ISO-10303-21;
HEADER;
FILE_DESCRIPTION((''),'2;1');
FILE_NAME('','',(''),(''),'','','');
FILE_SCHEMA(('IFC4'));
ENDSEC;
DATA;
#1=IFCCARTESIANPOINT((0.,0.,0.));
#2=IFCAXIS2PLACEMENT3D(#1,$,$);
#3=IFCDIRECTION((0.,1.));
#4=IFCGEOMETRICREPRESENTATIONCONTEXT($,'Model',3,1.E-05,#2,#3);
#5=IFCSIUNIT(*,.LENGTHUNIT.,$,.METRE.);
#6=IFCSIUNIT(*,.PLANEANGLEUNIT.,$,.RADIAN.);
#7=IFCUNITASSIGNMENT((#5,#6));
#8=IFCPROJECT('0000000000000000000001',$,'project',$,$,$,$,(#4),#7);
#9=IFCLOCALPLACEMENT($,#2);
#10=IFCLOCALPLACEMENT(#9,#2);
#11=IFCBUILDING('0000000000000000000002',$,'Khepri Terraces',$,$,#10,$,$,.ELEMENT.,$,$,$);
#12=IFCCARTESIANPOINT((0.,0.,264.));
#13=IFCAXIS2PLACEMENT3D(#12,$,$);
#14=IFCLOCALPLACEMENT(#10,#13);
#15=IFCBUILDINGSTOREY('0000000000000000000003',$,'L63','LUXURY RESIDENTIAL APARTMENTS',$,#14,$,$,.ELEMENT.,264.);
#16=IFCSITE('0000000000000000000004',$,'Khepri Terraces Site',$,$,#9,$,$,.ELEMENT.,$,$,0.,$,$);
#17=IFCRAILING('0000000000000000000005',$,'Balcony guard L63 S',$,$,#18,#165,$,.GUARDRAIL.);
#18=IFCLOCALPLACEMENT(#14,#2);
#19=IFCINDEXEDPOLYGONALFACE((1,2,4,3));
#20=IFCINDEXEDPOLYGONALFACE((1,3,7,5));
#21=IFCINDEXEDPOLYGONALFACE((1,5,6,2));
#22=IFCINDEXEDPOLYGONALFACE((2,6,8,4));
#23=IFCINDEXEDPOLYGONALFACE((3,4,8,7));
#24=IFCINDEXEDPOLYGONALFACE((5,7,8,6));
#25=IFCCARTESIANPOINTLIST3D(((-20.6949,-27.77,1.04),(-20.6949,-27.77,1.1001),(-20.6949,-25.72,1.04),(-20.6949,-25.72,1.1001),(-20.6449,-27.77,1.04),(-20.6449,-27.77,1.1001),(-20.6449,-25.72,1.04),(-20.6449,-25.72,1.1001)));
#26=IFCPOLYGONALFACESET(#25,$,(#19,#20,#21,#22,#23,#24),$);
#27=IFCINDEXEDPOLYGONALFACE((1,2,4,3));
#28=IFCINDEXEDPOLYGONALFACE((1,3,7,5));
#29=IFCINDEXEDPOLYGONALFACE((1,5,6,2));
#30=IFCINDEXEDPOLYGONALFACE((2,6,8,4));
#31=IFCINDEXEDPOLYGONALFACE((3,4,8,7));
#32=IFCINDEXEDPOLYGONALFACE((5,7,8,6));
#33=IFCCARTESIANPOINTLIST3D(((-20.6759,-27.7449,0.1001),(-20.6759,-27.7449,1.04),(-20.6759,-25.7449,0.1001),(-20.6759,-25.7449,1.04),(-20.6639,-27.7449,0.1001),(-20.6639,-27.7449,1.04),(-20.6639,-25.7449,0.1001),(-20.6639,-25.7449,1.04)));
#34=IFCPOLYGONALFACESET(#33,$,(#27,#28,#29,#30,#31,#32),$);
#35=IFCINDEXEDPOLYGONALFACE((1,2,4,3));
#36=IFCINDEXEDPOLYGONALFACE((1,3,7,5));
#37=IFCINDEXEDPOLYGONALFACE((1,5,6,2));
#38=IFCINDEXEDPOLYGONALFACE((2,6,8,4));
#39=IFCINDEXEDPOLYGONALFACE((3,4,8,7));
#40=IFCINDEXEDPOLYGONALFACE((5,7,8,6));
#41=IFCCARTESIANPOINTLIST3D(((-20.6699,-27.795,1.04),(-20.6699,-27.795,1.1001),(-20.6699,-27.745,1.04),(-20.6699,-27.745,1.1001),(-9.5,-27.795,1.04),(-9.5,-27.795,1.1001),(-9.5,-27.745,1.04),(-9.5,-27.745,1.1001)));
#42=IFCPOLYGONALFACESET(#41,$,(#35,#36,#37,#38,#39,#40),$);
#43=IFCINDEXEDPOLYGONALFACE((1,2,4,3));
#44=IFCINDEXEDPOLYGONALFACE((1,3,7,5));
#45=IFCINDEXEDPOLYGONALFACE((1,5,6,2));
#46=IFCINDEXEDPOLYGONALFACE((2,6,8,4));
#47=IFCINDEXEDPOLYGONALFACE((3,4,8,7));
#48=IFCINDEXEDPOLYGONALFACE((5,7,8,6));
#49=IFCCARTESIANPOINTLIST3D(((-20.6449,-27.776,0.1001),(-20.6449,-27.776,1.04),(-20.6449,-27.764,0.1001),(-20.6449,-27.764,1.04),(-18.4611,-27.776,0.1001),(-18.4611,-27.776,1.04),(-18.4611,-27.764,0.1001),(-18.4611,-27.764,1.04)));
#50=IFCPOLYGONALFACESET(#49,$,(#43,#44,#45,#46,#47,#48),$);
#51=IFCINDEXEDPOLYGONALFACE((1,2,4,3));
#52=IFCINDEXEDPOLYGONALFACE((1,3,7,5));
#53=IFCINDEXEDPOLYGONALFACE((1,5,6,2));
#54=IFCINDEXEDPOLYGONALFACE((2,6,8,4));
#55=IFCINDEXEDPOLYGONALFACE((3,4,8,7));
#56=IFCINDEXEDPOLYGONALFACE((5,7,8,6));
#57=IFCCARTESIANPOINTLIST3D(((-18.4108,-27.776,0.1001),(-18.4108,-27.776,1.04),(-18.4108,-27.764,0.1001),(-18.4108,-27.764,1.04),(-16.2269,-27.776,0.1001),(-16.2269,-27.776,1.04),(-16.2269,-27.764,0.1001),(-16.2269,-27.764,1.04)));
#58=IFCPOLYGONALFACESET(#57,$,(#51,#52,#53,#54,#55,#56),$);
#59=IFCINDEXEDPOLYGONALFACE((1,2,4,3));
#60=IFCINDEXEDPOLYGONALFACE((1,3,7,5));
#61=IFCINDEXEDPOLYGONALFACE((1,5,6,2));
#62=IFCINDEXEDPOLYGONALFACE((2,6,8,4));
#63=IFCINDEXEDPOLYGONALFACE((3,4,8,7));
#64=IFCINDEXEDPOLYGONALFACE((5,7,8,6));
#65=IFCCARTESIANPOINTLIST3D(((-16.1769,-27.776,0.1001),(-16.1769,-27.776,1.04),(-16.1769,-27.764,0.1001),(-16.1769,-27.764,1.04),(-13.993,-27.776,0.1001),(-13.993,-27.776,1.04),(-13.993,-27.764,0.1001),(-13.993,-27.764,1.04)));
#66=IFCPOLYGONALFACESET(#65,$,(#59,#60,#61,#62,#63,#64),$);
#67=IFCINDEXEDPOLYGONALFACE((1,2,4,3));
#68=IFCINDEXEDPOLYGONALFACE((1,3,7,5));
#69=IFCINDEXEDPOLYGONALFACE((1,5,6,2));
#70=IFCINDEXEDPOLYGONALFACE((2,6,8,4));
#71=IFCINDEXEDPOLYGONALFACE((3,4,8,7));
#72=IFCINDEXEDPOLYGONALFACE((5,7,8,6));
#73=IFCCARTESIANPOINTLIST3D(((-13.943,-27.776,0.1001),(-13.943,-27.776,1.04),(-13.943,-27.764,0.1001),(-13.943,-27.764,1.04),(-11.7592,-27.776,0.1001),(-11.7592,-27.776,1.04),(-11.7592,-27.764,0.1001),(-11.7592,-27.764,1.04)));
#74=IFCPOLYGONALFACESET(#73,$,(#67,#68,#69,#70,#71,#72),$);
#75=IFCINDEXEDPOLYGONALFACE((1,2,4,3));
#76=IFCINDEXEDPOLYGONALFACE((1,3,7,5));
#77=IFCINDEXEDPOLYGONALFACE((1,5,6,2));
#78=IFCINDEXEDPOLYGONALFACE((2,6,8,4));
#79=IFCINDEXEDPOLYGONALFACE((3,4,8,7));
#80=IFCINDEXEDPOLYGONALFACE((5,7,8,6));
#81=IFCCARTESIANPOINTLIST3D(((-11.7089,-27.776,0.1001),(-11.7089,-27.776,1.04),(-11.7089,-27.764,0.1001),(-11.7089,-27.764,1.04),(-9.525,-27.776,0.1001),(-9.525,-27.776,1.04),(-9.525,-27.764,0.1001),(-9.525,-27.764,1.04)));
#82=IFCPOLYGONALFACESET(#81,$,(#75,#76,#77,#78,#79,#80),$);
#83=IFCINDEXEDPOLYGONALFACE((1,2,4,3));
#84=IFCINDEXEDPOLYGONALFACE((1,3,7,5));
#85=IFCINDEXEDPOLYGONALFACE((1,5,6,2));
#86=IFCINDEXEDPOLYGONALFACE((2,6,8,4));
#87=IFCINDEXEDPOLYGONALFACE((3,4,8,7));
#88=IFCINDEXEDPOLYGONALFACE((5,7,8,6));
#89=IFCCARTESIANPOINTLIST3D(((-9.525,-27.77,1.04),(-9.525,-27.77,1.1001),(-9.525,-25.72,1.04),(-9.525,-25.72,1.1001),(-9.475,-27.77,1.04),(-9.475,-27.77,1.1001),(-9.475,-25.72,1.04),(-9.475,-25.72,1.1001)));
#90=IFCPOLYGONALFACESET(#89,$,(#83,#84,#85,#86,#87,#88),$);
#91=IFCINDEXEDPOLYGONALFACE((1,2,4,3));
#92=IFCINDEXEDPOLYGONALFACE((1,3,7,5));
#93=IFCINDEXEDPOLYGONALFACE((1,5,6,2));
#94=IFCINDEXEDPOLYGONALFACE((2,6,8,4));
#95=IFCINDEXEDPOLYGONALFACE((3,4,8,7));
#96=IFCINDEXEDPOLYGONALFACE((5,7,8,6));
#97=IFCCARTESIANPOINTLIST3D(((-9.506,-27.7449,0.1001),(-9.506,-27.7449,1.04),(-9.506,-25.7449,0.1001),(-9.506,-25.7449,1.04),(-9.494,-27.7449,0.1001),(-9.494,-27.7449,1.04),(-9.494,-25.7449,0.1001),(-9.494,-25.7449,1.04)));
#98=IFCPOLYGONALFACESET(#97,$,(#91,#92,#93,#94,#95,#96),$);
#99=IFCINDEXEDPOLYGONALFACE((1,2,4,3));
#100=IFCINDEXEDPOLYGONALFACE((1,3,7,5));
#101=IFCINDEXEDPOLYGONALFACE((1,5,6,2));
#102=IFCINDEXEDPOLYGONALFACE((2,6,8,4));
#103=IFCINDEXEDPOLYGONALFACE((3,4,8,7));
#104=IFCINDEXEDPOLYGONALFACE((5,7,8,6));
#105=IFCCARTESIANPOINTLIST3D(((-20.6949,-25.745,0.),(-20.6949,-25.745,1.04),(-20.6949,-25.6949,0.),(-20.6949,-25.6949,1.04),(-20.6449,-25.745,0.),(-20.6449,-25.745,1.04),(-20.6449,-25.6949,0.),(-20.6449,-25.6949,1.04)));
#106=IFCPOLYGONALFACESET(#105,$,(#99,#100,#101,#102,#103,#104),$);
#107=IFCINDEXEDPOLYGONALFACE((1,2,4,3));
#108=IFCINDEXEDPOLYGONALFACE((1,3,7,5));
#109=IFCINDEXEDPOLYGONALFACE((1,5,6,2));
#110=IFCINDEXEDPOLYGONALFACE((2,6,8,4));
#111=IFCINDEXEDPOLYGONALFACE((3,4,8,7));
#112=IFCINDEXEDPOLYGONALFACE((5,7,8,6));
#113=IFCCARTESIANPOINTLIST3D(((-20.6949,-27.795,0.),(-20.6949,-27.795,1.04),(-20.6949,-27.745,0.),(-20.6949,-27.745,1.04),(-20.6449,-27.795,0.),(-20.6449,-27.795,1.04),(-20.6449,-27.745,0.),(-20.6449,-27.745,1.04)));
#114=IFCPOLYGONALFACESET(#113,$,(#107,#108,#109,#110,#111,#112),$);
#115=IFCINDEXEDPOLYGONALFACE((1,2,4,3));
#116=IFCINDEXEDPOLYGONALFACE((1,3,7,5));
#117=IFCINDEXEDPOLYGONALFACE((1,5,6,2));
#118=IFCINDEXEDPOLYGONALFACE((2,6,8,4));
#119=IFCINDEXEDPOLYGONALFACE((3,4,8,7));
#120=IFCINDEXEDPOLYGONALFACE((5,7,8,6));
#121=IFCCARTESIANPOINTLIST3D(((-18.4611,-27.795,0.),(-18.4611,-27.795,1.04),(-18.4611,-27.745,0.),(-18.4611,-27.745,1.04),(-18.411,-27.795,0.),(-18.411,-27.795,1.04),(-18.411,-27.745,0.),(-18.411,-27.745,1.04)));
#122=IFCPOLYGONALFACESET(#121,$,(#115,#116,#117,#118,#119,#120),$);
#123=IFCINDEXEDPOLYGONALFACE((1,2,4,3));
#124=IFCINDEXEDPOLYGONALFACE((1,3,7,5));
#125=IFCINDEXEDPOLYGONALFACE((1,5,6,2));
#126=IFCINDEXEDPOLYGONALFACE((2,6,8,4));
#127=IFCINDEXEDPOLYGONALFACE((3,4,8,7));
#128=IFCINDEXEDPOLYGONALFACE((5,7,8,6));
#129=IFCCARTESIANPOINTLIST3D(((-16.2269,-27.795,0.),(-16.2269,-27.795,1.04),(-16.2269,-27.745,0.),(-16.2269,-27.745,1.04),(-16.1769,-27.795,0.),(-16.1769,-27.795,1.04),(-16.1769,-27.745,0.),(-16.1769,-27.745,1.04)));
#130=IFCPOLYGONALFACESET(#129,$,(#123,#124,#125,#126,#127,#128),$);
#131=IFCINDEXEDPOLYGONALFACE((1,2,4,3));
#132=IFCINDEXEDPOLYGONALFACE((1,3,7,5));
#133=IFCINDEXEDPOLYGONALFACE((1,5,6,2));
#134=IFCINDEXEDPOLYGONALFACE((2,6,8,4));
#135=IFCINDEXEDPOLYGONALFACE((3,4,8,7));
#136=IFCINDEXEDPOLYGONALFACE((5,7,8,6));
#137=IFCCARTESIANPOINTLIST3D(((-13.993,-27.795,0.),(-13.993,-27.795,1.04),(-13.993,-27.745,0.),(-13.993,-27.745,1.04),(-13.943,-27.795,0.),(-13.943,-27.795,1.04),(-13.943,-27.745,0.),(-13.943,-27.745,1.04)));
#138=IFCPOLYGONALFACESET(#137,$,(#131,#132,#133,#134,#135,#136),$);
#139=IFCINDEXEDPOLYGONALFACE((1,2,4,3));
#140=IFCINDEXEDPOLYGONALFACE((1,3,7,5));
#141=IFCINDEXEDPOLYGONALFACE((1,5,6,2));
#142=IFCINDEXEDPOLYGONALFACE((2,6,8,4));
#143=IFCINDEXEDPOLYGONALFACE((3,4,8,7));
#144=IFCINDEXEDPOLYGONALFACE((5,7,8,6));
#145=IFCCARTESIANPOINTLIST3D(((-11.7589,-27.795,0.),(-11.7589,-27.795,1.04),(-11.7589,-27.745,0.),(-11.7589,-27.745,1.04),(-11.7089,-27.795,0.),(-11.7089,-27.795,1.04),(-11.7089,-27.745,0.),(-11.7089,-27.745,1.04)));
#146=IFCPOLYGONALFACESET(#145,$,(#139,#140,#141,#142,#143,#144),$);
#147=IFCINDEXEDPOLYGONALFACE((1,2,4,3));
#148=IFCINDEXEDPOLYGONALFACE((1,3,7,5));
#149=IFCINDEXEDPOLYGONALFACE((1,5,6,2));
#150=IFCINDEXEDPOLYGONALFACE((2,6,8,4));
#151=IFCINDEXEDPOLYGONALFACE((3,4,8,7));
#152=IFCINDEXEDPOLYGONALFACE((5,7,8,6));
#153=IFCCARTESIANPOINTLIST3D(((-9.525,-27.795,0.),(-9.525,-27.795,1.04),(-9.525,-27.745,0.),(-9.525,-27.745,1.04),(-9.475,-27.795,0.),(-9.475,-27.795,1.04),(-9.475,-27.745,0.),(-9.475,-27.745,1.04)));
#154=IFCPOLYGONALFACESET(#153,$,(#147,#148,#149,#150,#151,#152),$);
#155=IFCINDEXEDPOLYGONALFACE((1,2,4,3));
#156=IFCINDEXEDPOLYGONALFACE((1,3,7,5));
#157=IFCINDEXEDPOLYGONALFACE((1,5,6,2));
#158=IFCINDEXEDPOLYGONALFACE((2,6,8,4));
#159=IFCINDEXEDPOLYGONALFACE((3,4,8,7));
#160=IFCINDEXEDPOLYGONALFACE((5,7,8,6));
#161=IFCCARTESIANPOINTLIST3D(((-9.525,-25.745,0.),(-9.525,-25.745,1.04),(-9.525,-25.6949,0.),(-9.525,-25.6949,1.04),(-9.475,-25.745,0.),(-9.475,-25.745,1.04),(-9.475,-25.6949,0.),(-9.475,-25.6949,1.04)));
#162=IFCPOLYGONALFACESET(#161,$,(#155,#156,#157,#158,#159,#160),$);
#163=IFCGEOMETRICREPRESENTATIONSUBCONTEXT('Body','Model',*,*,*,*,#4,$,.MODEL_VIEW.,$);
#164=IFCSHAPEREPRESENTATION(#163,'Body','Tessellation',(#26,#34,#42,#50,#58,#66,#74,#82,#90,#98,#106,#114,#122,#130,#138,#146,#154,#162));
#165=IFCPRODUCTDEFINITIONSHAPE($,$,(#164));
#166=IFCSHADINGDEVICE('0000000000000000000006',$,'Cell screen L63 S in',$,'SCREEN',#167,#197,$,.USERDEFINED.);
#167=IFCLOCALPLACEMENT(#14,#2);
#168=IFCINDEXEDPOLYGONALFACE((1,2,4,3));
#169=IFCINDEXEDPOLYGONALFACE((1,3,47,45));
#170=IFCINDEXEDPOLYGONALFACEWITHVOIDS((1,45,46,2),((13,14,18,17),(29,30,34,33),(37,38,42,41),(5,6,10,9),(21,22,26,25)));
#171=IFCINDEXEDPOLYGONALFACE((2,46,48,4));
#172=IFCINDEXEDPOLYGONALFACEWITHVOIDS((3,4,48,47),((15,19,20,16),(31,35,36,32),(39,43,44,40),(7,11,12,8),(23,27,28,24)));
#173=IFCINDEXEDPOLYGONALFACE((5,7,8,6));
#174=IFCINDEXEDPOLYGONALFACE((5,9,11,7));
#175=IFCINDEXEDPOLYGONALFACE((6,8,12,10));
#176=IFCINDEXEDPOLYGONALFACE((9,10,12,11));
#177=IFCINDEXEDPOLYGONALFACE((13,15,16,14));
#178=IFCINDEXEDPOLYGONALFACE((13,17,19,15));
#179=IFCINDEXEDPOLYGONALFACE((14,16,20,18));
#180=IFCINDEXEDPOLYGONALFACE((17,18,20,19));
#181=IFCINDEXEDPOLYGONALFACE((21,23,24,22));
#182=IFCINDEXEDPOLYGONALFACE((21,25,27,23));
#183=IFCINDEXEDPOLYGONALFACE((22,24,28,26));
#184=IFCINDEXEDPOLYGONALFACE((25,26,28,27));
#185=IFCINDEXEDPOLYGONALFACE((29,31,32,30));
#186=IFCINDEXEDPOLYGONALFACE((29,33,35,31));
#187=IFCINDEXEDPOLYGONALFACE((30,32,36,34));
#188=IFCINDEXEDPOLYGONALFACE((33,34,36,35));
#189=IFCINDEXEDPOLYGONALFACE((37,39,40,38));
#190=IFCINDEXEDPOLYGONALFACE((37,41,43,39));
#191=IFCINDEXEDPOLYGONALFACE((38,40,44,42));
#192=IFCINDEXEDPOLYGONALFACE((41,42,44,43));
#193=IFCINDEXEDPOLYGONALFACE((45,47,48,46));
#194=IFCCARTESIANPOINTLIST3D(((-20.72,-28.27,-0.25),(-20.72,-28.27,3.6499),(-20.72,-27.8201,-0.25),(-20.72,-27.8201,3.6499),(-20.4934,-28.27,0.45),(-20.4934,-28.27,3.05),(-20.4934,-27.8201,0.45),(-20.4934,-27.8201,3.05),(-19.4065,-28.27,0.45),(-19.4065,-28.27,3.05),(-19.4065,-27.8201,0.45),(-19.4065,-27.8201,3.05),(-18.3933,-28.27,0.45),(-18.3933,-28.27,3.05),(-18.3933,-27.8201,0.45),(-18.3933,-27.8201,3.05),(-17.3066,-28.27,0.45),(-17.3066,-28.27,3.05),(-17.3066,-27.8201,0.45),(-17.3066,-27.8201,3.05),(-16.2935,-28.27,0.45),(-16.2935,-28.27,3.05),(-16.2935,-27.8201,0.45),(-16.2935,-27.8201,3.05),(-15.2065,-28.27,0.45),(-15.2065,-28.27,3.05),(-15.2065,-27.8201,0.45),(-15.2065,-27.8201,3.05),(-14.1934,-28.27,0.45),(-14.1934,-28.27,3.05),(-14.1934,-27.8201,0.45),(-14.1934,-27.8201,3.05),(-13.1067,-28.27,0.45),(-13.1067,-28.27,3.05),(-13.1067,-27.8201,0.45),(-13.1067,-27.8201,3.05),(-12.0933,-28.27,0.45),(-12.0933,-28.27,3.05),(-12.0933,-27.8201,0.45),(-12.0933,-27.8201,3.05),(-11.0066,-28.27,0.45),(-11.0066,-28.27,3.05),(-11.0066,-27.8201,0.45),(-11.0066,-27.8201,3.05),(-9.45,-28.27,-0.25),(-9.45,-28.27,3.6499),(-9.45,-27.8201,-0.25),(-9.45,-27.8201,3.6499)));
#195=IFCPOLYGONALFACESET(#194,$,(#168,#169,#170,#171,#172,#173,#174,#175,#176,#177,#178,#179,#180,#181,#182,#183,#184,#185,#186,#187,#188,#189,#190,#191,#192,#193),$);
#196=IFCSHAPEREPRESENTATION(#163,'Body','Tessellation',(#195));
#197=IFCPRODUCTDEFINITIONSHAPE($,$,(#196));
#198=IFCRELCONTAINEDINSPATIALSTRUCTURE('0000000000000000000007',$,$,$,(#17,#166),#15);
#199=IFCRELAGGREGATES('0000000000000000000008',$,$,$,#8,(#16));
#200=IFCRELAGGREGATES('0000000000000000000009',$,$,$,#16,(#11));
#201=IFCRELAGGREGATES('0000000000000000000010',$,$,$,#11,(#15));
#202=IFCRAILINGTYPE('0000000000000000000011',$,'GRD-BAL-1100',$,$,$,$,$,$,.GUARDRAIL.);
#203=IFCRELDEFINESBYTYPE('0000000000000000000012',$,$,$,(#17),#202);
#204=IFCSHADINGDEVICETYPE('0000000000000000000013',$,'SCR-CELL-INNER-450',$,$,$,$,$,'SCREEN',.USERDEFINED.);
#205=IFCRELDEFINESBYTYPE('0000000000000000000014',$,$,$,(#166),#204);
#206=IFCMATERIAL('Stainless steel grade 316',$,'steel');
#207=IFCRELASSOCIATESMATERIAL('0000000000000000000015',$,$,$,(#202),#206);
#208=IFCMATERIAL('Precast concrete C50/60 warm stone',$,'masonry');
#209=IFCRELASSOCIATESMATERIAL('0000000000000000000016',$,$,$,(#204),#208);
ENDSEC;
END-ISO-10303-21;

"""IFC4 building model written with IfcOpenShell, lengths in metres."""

from ifc_helpers import new_model, si_unit, direction, frame, origin, origin_2d, place, context, subcontext, project, spatial, polyline, rectangle, outline, extrude, material, type_object, element, save


model = new_model("IFC4")

# Units and contexts
model_context = context("Model", 3, precision=1e-05, world=origin(), true_north=direction((0.0, 1.0)))
body_context = subcontext(model_context, "Body", "Model", "MODEL_VIEW")
ifc_project = project(units=[si_unit("LENGTHUNIT", "METRE"), si_unit("PLANEANGLEUNIT", "RADIAN")], contexts=[model_context])

# Site, building, storey
site_placement = place(None, origin())
site = spatial("IfcSite", under=ifc_project, at=site_placement, Name="Khepri Terraces Site", CompositionType="ELEMENT", RefElevation=0.0)
building_placement = place(site_placement, origin())
building = spatial("IfcBuilding", under=site, at=building_placement, Name="Khepri Terraces", CompositionType="ELEMENT")
storey_placement = place(building_placement, frame((0.0, 0.0, 264.0)))
storey = spatial("IfcBuildingStorey", under=building, at=storey_placement, Name="L63", Description="LUXURY RESIDENTIAL APARTMENTS", CompositionType="ELEMENT", Elevation=264.0)

# Shared definitions
ifc_material_1 = material(Name="Precast concrete C50/60 warm stone", Category="masonry")

# Railing
ifc_material_2 = material(Name="Stainless steel grade 316", Category="steel")
railing_type = type_object("IfcRailingType", Name="GRD-BAL-1100", PredefinedType="GUARDRAIL", material=ifc_material_2)
railing_placement = place(storey_placement, frame((-20.6699, -25.72, 0.0)))
element("IfcRailing", 1, at=railing_placement, inside=storey, type_object=railing_type, Name="Balcony guard L63 S", PredefinedType="GUARDRAIL", context=body_context, shape_type="SweptSolid", body=[
    extrude(rectangle(XDim=0.05, YDim=0.0601, at=origin_2d()), frame((0.0, 0.0, 1.0701), z_axis=(0.0, -1.0, 0.0), x_axis=(1.0, 0.0, 0.0)), (0.0, 0.0, 1.0), 2.05),
    extrude(rectangle(XDim=2.0, YDim=0.012, at=origin_2d()), frame((0.0, -1.0249, 0.1001), z_axis=(0.0, 0.0, 1.0), x_axis=(0.0, -1.0, 0.0)), (0.0, 0.0, 1.0), 0.9399),
    extrude(rectangle(XDim=0.05, YDim=0.0601, at=origin_2d()), frame((0.0, -2.05, 1.0701), z_axis=(1.0, 0.0, 0.0), x_axis=(0.0, 1.0, 0.0)), (0.0, 0.0, 1.0), 11.1699),
    extrude(rectangle(XDim=2.1838, YDim=0.012, at=origin_2d()), frame((1.1169, -2.05, 0.1001), z_axis=(0.0, 0.0, 1.0), x_axis=(1.0, 0.0, 0.0)), (0.0, 0.0, 1.0), 0.9399),
    extrude(rectangle(XDim=2.1838, YDim=0.012, at=origin_2d()), frame((3.3511, -2.05, 0.1001), z_axis=(0.0, 0.0, 1.0), x_axis=(1.0, 0.0, 0.0)), (0.0, 0.0, 1.0), 0.9399),
    extrude(rectangle(XDim=2.1838, YDim=0.012, at=origin_2d()), frame((5.585, -2.05, 0.1001), z_axis=(0.0, 0.0, 1.0), x_axis=(1.0, 0.0, 0.0)), (0.0, 0.0, 1.0), 0.9399),
    extrude(rectangle(XDim=2.1838, YDim=0.012, at=origin_2d()), frame((7.8188, -2.05, 0.1001), z_axis=(0.0, 0.0, 1.0), x_axis=(1.0, 0.0, 0.0)), (0.0, 0.0, 1.0), 0.9399),
    extrude(rectangle(XDim=2.1838, YDim=0.012, at=origin_2d()), frame((10.053, -2.05, 0.1001), z_axis=(0.0, 0.0, 1.0), x_axis=(1.0, 0.0, 0.0)), (0.0, 0.0, 1.0), 0.9399),
    extrude(rectangle(XDim=0.05, YDim=0.0601, at=origin_2d()), frame((11.1699, -2.05, 1.0701), z_axis=(0.0, 1.0, 0.0), x_axis=(-1.0, 0.0, 0.0)), (0.0, 0.0, 1.0), 2.05),
    extrude(rectangle(XDim=2.0, YDim=0.012, at=origin_2d()), frame((11.1699, -1.0249, 0.1001), z_axis=(0.0, 0.0, 1.0), x_axis=(0.0, 1.0, 0.0)), (0.0, 0.0, 1.0), 0.9399),
    extrude(rectangle(XDim=0.05, YDim=0.05, at=origin_2d()), origin(), (0.0, 0.0, 1.0), 1.04),
    extrude(rectangle(XDim=0.05, YDim=0.05, at=origin_2d()), frame((0.0, -2.05, 0.0)), (0.0, 0.0, 1.0), 1.04),
    extrude(rectangle(XDim=0.05, YDim=0.05, at=origin_2d()), frame((2.2339, -2.05, 0.0)), (0.0, 0.0, 1.0), 1.04),
    extrude(rectangle(XDim=0.05, YDim=0.05, at=origin_2d()), frame((4.468, -2.05, 0.0)), (0.0, 0.0, 1.0), 1.04),
    extrude(rectangle(XDim=0.05, YDim=0.05, at=origin_2d()), frame((6.7019, -2.05, 0.0)), (0.0, 0.0, 1.0), 1.04),
    extrude(rectangle(XDim=0.05, YDim=0.05, at=origin_2d()), frame((8.936, -2.05, 0.0)), (0.0, 0.0, 1.0), 1.04),
    extrude(rectangle(XDim=0.05, YDim=0.05, at=origin_2d()), frame((11.1699, -2.05, 0.0)), (0.0, 0.0, 1.0), 1.04),
    extrude(rectangle(XDim=0.05, YDim=0.05, at=origin_2d()), frame((11.1699, 0.0, 0.0)), (0.0, 0.0, 1.0), 1.04),
])

# Shading device
shading_device_type_1 = type_object("IfcShadingDeviceType", Name="SCR-CELL-INNER-450", ElementType="SCREEN", PredefinedType="USERDEFINED", material=ifc_material_1)
shading_device_1_placement = place(storey_placement, frame((-20.72, -27.8201, -0.25), z_axis=(0.0, -1.0, 0.0), x_axis=(1.0, 0.0, 0.0)))
element("IfcShadingDevice", 2, at=shading_device_1_placement, inside=storey, type_object=shading_device_type_1, Name="Cell screen L63 S in", ObjectType="SCREEN", PredefinedType="USERDEFINED", context=body_context, shape_type="SweptSolid", body=[
    extrude(outline(polyline([(0.0, 0.0), (11.27, 0.0), (11.27, 3.8999), (0.0, 3.8999), (0.0, 0.0)]), holes=[polyline([(0.2266, 0.7), (1.3135, 0.7), (1.3135, 3.3), (0.2266, 3.3), (0.2266, 0.7)]), polyline([(2.3267, 0.7), (3.4133, 0.7), (3.4133, 3.3), (2.3267, 3.3), (2.3267, 0.7)]), polyline([(4.4265, 0.7), (5.5134, 0.7), (5.5134, 3.3), (4.4265, 3.3), (4.4265, 0.7)]), polyline([(6.5266, 0.7), (7.6133, 0.7), (7.6133, 3.3), (6.5266, 3.3), (6.5266, 0.7)]), polyline([(8.6267, 0.7), (9.7134, 0.7), (9.7134, 3.3), (8.6267, 3.3), (8.6267, 0.7)])]), origin(), (0.0, 0.0, 1.0), 0.45),
])

save(model, "model.ifc")
